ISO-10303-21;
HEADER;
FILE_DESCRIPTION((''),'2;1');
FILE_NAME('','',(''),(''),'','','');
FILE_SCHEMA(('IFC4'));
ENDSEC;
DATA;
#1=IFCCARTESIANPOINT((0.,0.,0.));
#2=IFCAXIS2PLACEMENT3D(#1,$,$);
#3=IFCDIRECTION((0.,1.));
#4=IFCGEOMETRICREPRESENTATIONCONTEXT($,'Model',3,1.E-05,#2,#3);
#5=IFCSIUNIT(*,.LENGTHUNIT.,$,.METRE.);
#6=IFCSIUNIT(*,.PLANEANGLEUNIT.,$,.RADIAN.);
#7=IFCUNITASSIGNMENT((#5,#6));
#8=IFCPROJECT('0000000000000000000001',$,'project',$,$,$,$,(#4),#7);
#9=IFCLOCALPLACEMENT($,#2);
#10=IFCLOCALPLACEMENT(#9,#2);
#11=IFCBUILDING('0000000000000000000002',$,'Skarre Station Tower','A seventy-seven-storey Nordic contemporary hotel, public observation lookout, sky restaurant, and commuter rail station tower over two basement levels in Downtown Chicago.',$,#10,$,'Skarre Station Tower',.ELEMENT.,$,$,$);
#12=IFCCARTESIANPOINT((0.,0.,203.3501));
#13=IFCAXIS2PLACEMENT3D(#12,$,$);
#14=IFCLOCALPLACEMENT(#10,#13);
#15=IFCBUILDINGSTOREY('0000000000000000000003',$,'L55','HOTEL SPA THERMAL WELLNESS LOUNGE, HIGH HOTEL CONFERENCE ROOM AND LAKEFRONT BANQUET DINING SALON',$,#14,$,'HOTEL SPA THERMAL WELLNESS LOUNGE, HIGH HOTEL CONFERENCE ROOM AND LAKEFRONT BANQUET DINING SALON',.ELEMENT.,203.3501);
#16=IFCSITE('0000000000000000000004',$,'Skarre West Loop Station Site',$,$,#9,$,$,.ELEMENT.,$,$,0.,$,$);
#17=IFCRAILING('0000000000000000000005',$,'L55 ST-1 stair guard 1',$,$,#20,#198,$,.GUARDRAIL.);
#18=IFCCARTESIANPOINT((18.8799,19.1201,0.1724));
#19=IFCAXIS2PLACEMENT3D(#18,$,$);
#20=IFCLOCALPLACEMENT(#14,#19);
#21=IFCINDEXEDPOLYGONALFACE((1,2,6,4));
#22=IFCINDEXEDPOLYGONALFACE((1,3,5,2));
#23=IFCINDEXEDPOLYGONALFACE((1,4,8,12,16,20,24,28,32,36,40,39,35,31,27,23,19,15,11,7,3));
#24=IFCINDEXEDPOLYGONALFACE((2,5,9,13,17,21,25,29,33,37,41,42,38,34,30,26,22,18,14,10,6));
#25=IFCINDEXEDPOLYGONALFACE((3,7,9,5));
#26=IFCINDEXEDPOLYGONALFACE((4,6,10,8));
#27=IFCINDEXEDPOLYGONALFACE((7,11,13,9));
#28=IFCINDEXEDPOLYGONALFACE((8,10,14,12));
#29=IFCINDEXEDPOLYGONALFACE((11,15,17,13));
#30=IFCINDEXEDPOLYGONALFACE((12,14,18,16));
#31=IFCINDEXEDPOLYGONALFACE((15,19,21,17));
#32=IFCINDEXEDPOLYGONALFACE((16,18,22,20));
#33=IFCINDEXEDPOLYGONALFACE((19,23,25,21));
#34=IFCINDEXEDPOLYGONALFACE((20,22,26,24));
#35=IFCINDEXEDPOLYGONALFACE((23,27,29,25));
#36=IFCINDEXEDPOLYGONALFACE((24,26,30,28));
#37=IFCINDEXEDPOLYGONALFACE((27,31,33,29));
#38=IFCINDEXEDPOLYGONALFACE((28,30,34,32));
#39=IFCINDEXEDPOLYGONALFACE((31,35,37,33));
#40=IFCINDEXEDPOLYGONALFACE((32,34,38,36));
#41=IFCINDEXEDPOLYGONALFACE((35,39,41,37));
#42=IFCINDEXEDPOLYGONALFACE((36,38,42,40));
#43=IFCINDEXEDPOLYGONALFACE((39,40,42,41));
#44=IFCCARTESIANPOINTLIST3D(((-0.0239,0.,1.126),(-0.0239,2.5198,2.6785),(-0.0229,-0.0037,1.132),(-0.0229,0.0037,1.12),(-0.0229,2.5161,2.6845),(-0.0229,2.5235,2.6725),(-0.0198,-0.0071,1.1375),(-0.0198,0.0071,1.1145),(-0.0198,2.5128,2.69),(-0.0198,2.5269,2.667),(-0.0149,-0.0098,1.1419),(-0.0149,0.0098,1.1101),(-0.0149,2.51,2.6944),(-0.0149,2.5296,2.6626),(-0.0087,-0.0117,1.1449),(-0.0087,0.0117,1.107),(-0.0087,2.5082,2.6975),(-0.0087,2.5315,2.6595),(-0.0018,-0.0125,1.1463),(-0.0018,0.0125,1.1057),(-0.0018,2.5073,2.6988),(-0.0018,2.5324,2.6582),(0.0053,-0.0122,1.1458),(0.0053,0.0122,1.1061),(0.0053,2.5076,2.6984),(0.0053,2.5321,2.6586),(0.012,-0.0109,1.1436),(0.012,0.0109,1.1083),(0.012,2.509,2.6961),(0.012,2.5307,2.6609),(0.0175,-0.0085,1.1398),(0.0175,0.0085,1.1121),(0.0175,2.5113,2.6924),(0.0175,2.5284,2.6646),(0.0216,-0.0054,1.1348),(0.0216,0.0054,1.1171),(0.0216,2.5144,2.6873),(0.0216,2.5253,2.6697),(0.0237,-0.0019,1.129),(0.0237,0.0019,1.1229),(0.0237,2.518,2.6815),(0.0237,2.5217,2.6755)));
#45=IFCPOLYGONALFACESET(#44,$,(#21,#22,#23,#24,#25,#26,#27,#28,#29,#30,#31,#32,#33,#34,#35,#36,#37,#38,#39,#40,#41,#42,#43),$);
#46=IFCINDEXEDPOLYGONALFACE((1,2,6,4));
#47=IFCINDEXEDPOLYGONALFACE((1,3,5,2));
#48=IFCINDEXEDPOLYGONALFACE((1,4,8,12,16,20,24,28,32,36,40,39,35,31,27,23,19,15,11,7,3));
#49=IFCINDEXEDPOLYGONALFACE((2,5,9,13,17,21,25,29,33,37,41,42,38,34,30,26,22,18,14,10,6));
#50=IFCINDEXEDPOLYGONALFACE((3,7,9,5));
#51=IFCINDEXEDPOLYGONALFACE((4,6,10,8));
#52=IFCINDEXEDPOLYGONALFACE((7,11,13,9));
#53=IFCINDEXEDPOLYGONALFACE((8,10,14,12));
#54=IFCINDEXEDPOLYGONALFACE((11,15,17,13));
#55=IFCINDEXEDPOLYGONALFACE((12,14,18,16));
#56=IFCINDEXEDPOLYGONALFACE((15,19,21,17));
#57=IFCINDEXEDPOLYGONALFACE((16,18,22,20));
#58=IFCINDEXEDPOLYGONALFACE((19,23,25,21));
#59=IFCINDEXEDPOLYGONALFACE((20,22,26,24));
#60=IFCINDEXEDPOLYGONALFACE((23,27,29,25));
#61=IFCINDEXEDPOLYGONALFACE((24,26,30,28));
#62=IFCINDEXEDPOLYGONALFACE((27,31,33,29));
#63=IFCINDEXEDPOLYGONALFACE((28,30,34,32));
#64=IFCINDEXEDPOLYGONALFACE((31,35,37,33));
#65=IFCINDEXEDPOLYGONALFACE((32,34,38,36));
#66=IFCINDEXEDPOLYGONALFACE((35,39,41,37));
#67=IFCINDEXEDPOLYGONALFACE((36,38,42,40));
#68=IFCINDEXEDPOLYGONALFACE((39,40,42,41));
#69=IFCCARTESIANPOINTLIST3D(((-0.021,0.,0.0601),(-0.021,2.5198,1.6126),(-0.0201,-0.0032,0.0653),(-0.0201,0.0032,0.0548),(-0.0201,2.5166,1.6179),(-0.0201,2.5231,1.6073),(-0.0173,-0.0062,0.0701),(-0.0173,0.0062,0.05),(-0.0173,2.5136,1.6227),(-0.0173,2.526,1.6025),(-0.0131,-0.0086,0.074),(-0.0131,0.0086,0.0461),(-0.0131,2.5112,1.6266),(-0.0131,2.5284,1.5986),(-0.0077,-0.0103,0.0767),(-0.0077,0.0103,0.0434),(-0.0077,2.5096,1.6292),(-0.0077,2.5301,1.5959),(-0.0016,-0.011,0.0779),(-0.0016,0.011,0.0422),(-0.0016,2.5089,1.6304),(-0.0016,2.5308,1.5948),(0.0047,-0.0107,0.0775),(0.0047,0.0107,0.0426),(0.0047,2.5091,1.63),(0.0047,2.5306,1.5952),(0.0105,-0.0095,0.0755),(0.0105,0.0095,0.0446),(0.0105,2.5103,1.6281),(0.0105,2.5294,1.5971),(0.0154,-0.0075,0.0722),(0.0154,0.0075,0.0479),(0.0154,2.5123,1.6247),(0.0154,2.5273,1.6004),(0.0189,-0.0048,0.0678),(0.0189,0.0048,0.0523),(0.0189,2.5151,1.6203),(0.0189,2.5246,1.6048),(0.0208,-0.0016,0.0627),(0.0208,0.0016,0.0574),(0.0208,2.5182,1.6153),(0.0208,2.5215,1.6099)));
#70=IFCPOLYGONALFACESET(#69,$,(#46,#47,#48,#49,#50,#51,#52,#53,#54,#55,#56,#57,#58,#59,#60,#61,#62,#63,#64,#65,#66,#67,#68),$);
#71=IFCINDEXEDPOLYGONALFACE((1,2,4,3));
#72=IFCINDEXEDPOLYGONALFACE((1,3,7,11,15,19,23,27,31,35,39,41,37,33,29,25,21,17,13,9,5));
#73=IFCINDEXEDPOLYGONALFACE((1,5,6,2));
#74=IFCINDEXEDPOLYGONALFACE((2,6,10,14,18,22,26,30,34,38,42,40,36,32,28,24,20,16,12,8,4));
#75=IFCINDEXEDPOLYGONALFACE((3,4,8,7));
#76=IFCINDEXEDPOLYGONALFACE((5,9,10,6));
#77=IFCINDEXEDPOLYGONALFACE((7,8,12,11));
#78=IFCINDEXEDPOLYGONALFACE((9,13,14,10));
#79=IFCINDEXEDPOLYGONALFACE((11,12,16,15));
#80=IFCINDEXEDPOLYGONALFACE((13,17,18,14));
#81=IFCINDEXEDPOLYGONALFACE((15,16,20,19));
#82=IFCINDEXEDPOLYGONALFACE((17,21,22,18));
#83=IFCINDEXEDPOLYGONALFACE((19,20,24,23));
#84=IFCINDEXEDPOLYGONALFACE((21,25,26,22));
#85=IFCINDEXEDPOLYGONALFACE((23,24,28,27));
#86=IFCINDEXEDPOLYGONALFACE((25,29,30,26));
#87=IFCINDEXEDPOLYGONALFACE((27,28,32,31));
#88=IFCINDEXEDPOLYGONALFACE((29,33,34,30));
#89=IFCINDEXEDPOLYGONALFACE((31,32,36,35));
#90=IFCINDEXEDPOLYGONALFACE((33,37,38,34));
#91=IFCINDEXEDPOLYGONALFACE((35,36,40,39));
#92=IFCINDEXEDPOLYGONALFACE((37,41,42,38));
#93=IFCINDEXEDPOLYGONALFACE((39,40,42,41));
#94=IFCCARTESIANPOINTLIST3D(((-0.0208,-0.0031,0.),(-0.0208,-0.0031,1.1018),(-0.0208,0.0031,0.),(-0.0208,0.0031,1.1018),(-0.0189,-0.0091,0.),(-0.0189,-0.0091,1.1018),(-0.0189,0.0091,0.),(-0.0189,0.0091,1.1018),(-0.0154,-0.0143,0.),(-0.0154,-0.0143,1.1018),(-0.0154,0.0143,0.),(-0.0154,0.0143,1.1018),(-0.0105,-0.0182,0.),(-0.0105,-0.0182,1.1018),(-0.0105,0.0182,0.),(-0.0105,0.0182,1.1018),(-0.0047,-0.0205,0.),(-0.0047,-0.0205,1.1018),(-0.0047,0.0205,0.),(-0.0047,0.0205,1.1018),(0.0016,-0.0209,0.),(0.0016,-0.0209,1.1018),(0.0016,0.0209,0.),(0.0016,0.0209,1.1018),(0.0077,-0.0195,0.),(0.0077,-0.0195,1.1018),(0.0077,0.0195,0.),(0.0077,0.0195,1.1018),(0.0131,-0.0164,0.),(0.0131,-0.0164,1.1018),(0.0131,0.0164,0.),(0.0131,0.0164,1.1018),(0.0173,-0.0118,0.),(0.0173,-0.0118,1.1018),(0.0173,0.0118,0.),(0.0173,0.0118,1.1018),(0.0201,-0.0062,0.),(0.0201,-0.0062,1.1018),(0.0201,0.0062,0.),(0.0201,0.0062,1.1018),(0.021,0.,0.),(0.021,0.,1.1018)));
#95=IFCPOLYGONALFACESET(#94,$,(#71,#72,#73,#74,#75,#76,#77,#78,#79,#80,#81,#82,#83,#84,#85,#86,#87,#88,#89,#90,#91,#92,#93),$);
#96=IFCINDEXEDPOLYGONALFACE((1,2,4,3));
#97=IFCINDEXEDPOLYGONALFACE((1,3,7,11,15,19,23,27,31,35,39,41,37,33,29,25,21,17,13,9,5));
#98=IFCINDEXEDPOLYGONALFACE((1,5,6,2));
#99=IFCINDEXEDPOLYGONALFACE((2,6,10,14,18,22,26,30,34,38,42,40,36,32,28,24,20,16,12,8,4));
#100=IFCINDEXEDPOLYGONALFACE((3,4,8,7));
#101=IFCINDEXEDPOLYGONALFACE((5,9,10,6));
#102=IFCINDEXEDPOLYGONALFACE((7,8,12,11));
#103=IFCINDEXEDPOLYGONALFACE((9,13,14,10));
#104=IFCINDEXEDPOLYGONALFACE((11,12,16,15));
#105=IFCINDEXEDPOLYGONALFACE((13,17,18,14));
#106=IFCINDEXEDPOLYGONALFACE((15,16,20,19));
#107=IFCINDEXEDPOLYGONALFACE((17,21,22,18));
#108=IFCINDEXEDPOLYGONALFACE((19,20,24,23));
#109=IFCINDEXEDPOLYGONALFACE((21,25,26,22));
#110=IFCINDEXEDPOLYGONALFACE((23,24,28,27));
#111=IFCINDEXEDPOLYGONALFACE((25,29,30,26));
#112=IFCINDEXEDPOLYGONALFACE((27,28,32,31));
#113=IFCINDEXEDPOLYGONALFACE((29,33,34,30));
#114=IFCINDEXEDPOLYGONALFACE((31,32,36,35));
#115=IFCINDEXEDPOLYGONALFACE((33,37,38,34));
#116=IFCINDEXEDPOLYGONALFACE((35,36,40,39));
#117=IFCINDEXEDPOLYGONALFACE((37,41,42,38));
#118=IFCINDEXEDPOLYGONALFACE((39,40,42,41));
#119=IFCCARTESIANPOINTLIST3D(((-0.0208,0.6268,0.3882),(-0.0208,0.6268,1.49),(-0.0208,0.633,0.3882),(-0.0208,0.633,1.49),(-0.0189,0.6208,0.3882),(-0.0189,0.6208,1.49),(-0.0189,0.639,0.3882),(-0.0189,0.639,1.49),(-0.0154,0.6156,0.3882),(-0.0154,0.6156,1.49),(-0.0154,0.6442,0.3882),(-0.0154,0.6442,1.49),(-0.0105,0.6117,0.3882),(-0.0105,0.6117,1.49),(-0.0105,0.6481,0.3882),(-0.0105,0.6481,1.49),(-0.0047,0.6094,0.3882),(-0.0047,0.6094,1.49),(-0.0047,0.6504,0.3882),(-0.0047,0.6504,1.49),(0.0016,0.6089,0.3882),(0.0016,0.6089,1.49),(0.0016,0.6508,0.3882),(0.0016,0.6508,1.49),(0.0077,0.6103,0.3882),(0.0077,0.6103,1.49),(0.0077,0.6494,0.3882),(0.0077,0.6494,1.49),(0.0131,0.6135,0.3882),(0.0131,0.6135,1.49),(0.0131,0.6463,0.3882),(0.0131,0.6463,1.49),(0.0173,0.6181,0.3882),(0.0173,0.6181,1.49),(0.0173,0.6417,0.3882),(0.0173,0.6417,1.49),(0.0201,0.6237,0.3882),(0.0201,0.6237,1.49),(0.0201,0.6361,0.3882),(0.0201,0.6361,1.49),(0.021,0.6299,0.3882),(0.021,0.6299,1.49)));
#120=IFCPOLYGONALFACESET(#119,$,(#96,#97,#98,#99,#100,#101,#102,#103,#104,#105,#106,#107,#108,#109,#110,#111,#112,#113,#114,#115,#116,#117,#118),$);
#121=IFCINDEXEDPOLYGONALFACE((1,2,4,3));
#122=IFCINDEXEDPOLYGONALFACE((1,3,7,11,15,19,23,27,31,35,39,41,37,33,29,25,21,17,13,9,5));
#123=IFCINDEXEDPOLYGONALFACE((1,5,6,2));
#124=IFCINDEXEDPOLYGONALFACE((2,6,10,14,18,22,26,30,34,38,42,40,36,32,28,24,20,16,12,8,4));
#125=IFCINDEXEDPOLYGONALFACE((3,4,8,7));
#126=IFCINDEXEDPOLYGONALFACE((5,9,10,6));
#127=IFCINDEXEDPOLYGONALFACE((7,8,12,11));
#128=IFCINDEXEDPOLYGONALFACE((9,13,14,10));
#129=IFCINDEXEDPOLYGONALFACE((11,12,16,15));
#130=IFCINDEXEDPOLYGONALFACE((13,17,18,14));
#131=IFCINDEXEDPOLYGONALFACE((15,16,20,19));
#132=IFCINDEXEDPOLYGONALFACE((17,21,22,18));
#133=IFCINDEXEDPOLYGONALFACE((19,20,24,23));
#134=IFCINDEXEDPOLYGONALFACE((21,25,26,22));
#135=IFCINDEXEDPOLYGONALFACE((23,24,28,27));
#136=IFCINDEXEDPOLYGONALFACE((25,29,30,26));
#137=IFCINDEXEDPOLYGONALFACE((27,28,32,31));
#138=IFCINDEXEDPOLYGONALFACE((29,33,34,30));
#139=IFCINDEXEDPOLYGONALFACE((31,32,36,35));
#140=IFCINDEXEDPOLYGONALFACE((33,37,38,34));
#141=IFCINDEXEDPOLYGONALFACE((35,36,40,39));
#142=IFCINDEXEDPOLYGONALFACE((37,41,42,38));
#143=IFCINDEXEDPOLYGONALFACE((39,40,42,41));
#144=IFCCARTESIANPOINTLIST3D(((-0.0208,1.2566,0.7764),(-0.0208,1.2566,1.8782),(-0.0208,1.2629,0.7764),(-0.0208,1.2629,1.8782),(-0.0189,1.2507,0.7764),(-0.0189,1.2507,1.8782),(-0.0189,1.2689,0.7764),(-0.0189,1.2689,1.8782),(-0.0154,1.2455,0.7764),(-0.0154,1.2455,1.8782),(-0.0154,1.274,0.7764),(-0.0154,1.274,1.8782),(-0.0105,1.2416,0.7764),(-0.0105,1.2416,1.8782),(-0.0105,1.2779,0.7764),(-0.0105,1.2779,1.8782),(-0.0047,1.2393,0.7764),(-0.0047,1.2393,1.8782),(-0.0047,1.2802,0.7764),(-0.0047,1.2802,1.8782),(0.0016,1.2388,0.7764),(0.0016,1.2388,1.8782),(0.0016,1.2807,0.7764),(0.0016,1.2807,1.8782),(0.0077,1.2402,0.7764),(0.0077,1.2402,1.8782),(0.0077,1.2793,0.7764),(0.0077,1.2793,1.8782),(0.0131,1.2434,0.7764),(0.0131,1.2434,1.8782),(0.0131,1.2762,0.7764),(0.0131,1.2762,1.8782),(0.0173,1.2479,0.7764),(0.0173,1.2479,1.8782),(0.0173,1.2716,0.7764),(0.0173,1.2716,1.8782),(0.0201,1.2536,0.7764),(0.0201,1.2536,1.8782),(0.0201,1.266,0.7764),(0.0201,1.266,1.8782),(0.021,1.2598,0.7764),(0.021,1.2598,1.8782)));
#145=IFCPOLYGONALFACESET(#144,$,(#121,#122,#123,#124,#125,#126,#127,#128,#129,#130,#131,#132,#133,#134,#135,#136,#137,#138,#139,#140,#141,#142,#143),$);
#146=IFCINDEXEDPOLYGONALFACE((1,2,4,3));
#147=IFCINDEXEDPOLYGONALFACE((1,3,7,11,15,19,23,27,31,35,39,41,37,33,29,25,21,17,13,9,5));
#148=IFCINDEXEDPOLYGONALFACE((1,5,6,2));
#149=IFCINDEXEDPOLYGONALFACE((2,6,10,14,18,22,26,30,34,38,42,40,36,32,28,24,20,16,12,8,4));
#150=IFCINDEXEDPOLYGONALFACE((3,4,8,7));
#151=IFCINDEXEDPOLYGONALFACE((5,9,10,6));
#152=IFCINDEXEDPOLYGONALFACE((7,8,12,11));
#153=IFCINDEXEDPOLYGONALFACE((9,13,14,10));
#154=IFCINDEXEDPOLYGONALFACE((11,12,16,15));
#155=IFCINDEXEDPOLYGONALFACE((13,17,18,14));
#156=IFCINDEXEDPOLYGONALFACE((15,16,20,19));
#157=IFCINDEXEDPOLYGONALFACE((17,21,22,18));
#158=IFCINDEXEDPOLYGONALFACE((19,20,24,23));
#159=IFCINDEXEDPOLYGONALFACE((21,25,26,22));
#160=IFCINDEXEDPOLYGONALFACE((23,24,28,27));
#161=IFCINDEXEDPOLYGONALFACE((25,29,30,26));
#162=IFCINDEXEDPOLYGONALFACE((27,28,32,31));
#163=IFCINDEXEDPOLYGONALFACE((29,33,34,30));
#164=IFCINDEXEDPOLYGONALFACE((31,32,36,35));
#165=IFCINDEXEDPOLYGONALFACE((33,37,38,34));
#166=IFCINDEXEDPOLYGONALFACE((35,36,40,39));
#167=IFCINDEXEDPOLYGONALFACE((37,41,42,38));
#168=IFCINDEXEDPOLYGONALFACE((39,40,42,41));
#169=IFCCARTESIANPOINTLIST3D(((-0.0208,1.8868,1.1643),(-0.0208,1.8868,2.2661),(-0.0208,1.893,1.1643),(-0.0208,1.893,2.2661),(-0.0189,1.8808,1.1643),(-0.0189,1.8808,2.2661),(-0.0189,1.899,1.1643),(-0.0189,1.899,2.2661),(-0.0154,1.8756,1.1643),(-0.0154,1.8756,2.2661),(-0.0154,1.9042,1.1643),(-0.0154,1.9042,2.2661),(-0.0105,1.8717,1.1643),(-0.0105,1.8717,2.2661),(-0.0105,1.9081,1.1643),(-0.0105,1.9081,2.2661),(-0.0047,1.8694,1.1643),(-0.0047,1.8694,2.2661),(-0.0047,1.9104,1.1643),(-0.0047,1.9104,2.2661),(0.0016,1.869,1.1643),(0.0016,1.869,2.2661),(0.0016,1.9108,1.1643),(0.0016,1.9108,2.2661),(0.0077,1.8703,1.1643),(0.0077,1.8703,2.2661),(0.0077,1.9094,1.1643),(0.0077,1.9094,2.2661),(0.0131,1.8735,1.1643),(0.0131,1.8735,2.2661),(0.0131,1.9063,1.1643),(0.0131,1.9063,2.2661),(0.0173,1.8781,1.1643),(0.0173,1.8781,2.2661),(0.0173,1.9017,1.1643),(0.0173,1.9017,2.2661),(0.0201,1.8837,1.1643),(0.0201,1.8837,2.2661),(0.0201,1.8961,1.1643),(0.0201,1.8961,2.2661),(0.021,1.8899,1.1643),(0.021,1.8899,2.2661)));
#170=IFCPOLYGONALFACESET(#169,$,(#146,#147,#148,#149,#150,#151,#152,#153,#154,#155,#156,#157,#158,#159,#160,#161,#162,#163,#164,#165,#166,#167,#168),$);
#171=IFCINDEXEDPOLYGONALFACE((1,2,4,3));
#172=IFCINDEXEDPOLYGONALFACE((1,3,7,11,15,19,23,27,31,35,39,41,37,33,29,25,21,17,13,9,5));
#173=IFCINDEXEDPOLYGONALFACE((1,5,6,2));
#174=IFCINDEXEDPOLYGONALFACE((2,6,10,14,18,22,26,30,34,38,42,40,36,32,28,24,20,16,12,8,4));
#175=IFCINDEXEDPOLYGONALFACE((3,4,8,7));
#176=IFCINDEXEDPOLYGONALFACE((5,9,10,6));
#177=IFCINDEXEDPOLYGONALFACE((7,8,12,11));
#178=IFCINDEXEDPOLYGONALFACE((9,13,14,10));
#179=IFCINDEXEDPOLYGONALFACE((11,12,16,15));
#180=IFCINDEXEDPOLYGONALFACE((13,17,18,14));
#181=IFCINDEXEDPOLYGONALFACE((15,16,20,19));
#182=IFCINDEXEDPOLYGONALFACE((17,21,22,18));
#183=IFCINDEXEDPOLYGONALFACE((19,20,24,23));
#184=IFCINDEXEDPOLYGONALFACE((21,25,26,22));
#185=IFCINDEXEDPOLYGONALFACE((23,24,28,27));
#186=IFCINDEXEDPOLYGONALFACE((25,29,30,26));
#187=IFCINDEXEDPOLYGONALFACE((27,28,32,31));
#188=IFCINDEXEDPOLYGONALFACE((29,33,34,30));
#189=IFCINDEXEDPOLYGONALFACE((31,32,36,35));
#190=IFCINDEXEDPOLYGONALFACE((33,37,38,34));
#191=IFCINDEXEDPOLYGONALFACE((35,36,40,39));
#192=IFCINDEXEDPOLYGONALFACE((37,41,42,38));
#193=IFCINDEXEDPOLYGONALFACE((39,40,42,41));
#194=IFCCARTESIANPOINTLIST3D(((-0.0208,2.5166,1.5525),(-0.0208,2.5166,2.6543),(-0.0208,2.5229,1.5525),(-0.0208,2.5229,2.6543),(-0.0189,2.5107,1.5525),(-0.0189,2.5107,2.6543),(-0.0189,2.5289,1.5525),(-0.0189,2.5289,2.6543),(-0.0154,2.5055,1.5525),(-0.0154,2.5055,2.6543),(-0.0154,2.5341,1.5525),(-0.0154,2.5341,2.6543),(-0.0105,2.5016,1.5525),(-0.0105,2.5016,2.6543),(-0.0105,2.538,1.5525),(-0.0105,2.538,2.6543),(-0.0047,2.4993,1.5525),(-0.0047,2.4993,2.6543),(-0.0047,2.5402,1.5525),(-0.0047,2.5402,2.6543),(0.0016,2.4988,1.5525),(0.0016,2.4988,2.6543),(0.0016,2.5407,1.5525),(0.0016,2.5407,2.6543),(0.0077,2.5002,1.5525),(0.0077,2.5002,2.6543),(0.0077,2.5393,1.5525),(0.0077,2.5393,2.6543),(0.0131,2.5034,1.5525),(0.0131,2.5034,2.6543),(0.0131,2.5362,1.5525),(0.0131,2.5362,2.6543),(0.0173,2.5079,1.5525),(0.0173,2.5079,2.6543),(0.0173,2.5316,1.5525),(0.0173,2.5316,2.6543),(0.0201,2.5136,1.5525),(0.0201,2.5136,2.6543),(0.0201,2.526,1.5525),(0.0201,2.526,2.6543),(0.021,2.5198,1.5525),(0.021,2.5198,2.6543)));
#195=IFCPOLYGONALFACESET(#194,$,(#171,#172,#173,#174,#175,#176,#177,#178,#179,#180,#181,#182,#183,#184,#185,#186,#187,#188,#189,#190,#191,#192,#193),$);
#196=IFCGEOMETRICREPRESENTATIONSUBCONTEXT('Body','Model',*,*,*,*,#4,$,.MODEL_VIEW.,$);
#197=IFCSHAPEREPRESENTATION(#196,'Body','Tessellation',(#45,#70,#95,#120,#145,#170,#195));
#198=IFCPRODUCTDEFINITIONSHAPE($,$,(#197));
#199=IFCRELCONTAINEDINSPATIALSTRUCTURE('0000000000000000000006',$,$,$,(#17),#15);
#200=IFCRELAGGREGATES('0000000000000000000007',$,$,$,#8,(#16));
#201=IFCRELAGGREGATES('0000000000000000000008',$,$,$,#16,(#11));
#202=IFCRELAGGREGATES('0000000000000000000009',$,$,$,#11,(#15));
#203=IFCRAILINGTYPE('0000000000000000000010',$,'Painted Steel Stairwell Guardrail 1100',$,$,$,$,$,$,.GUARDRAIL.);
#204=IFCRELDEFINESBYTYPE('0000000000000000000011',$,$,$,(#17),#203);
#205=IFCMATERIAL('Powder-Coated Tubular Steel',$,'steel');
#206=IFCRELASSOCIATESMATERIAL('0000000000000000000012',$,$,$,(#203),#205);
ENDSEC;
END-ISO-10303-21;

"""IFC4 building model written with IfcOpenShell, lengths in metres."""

from ifc_helpers import new_model, si_unit, direction, frame, origin, origin_2d, place, context, subcontext, project, spatial, circle, extrude, material, type_object, element, save


model = new_model("IFC4")

# Units and contexts
model_context = context("Model", 3, precision=1e-05, world=origin(), true_north=direction((0.0, 1.0)))
body_context = subcontext(model_context, "Body", "Model", "MODEL_VIEW")
ifc_project = project(units=[si_unit("LENGTHUNIT", "METRE"), si_unit("PLANEANGLEUNIT", "RADIAN")], contexts=[model_context])

# Site, building, storey
site_placement = place(None, origin())
site = spatial("IfcSite", under=ifc_project, at=site_placement, Name="Skarre West Loop Station Site", CompositionType="ELEMENT", RefElevation=0.0)
building_placement = place(site_placement, origin())
building = spatial("IfcBuilding", under=site, at=building_placement, Name="Skarre Station Tower", Description="A seventy-seven-storey Nordic contemporary hotel, public observation lookout, sky restaurant, and commuter rail station tower over two basement levels in Downtown Chicago.", LongName="Skarre Station Tower", CompositionType="ELEMENT")
storey_placement = place(building_placement, frame((0.0, 0.0, 203.3501)))
storey = spatial("IfcBuildingStorey", under=building, at=storey_placement, Name="L55", Description="HOTEL SPA THERMAL WELLNESS LOUNGE, HIGH HOTEL CONFERENCE ROOM AND LAKEFRONT BANQUET DINING SALON", LongName="HOTEL SPA THERMAL WELLNESS LOUNGE, HIGH HOTEL CONFERENCE ROOM AND LAKEFRONT BANQUET DINING SALON", CompositionType="ELEMENT", Elevation=203.3501)

# Railing
ifc_material_1 = material(Name="Powder-Coated Tubular Steel", Category="steel")
railing_type_1 = type_object("IfcRailingType", Name="Painted Steel Stairwell Guardrail 1100", PredefinedType="GUARDRAIL", material=ifc_material_1)
railing_1_placement = place(storey_placement, frame((18.8799, 19.1201, 0.1724)))
element("IfcRailing", 1, at=railing_1_placement, inside=storey, type_object=railing_type_1, Name="L55 ST-1 stair guard 1", PredefinedType="GUARDRAIL", context=body_context, shape_type="SweptSolid", body=[
    extrude(circle(Radius=0.0239, at=origin_2d()), frame((0.0, 0.0, 1.126), z_axis=(0.0, 0.851378, 0.524553), x_axis=(-1.0, 0.0, 0.0)), (0.0, 0.0, 1.0), 2.9597),
    extrude(circle(Radius=0.021, at=origin_2d()), frame((0.0, 0.0, 0.0601), z_axis=(0.0, 0.851378, 0.524553), x_axis=(-1.0, 0.0, 0.0)), (0.0, 0.0, 1.0), 2.9597),
    extrude(circle(Radius=0.021, at=origin_2d()), origin(), (0.0, 0.0, 1.0), 1.1018),
    extrude(circle(Radius=0.021, at=origin_2d()), frame((0.0, 0.6299, 0.3882)), (0.0, 0.0, 1.0), 1.1018),
    extrude(circle(Radius=0.021, at=origin_2d()), frame((0.0, 1.2598, 0.7764)), (0.0, 0.0, 1.0), 1.1018),
    extrude(circle(Radius=0.021, at=origin_2d()), frame((0.0, 1.8899, 1.1643)), (0.0, 0.0, 1.0), 1.1018),
    extrude(circle(Radius=0.021, at=origin_2d()), frame((0.0, 2.5198, 1.5525)), (0.0, 0.0, 1.0), 1.1018),
])

save(model, "model.ifc")
